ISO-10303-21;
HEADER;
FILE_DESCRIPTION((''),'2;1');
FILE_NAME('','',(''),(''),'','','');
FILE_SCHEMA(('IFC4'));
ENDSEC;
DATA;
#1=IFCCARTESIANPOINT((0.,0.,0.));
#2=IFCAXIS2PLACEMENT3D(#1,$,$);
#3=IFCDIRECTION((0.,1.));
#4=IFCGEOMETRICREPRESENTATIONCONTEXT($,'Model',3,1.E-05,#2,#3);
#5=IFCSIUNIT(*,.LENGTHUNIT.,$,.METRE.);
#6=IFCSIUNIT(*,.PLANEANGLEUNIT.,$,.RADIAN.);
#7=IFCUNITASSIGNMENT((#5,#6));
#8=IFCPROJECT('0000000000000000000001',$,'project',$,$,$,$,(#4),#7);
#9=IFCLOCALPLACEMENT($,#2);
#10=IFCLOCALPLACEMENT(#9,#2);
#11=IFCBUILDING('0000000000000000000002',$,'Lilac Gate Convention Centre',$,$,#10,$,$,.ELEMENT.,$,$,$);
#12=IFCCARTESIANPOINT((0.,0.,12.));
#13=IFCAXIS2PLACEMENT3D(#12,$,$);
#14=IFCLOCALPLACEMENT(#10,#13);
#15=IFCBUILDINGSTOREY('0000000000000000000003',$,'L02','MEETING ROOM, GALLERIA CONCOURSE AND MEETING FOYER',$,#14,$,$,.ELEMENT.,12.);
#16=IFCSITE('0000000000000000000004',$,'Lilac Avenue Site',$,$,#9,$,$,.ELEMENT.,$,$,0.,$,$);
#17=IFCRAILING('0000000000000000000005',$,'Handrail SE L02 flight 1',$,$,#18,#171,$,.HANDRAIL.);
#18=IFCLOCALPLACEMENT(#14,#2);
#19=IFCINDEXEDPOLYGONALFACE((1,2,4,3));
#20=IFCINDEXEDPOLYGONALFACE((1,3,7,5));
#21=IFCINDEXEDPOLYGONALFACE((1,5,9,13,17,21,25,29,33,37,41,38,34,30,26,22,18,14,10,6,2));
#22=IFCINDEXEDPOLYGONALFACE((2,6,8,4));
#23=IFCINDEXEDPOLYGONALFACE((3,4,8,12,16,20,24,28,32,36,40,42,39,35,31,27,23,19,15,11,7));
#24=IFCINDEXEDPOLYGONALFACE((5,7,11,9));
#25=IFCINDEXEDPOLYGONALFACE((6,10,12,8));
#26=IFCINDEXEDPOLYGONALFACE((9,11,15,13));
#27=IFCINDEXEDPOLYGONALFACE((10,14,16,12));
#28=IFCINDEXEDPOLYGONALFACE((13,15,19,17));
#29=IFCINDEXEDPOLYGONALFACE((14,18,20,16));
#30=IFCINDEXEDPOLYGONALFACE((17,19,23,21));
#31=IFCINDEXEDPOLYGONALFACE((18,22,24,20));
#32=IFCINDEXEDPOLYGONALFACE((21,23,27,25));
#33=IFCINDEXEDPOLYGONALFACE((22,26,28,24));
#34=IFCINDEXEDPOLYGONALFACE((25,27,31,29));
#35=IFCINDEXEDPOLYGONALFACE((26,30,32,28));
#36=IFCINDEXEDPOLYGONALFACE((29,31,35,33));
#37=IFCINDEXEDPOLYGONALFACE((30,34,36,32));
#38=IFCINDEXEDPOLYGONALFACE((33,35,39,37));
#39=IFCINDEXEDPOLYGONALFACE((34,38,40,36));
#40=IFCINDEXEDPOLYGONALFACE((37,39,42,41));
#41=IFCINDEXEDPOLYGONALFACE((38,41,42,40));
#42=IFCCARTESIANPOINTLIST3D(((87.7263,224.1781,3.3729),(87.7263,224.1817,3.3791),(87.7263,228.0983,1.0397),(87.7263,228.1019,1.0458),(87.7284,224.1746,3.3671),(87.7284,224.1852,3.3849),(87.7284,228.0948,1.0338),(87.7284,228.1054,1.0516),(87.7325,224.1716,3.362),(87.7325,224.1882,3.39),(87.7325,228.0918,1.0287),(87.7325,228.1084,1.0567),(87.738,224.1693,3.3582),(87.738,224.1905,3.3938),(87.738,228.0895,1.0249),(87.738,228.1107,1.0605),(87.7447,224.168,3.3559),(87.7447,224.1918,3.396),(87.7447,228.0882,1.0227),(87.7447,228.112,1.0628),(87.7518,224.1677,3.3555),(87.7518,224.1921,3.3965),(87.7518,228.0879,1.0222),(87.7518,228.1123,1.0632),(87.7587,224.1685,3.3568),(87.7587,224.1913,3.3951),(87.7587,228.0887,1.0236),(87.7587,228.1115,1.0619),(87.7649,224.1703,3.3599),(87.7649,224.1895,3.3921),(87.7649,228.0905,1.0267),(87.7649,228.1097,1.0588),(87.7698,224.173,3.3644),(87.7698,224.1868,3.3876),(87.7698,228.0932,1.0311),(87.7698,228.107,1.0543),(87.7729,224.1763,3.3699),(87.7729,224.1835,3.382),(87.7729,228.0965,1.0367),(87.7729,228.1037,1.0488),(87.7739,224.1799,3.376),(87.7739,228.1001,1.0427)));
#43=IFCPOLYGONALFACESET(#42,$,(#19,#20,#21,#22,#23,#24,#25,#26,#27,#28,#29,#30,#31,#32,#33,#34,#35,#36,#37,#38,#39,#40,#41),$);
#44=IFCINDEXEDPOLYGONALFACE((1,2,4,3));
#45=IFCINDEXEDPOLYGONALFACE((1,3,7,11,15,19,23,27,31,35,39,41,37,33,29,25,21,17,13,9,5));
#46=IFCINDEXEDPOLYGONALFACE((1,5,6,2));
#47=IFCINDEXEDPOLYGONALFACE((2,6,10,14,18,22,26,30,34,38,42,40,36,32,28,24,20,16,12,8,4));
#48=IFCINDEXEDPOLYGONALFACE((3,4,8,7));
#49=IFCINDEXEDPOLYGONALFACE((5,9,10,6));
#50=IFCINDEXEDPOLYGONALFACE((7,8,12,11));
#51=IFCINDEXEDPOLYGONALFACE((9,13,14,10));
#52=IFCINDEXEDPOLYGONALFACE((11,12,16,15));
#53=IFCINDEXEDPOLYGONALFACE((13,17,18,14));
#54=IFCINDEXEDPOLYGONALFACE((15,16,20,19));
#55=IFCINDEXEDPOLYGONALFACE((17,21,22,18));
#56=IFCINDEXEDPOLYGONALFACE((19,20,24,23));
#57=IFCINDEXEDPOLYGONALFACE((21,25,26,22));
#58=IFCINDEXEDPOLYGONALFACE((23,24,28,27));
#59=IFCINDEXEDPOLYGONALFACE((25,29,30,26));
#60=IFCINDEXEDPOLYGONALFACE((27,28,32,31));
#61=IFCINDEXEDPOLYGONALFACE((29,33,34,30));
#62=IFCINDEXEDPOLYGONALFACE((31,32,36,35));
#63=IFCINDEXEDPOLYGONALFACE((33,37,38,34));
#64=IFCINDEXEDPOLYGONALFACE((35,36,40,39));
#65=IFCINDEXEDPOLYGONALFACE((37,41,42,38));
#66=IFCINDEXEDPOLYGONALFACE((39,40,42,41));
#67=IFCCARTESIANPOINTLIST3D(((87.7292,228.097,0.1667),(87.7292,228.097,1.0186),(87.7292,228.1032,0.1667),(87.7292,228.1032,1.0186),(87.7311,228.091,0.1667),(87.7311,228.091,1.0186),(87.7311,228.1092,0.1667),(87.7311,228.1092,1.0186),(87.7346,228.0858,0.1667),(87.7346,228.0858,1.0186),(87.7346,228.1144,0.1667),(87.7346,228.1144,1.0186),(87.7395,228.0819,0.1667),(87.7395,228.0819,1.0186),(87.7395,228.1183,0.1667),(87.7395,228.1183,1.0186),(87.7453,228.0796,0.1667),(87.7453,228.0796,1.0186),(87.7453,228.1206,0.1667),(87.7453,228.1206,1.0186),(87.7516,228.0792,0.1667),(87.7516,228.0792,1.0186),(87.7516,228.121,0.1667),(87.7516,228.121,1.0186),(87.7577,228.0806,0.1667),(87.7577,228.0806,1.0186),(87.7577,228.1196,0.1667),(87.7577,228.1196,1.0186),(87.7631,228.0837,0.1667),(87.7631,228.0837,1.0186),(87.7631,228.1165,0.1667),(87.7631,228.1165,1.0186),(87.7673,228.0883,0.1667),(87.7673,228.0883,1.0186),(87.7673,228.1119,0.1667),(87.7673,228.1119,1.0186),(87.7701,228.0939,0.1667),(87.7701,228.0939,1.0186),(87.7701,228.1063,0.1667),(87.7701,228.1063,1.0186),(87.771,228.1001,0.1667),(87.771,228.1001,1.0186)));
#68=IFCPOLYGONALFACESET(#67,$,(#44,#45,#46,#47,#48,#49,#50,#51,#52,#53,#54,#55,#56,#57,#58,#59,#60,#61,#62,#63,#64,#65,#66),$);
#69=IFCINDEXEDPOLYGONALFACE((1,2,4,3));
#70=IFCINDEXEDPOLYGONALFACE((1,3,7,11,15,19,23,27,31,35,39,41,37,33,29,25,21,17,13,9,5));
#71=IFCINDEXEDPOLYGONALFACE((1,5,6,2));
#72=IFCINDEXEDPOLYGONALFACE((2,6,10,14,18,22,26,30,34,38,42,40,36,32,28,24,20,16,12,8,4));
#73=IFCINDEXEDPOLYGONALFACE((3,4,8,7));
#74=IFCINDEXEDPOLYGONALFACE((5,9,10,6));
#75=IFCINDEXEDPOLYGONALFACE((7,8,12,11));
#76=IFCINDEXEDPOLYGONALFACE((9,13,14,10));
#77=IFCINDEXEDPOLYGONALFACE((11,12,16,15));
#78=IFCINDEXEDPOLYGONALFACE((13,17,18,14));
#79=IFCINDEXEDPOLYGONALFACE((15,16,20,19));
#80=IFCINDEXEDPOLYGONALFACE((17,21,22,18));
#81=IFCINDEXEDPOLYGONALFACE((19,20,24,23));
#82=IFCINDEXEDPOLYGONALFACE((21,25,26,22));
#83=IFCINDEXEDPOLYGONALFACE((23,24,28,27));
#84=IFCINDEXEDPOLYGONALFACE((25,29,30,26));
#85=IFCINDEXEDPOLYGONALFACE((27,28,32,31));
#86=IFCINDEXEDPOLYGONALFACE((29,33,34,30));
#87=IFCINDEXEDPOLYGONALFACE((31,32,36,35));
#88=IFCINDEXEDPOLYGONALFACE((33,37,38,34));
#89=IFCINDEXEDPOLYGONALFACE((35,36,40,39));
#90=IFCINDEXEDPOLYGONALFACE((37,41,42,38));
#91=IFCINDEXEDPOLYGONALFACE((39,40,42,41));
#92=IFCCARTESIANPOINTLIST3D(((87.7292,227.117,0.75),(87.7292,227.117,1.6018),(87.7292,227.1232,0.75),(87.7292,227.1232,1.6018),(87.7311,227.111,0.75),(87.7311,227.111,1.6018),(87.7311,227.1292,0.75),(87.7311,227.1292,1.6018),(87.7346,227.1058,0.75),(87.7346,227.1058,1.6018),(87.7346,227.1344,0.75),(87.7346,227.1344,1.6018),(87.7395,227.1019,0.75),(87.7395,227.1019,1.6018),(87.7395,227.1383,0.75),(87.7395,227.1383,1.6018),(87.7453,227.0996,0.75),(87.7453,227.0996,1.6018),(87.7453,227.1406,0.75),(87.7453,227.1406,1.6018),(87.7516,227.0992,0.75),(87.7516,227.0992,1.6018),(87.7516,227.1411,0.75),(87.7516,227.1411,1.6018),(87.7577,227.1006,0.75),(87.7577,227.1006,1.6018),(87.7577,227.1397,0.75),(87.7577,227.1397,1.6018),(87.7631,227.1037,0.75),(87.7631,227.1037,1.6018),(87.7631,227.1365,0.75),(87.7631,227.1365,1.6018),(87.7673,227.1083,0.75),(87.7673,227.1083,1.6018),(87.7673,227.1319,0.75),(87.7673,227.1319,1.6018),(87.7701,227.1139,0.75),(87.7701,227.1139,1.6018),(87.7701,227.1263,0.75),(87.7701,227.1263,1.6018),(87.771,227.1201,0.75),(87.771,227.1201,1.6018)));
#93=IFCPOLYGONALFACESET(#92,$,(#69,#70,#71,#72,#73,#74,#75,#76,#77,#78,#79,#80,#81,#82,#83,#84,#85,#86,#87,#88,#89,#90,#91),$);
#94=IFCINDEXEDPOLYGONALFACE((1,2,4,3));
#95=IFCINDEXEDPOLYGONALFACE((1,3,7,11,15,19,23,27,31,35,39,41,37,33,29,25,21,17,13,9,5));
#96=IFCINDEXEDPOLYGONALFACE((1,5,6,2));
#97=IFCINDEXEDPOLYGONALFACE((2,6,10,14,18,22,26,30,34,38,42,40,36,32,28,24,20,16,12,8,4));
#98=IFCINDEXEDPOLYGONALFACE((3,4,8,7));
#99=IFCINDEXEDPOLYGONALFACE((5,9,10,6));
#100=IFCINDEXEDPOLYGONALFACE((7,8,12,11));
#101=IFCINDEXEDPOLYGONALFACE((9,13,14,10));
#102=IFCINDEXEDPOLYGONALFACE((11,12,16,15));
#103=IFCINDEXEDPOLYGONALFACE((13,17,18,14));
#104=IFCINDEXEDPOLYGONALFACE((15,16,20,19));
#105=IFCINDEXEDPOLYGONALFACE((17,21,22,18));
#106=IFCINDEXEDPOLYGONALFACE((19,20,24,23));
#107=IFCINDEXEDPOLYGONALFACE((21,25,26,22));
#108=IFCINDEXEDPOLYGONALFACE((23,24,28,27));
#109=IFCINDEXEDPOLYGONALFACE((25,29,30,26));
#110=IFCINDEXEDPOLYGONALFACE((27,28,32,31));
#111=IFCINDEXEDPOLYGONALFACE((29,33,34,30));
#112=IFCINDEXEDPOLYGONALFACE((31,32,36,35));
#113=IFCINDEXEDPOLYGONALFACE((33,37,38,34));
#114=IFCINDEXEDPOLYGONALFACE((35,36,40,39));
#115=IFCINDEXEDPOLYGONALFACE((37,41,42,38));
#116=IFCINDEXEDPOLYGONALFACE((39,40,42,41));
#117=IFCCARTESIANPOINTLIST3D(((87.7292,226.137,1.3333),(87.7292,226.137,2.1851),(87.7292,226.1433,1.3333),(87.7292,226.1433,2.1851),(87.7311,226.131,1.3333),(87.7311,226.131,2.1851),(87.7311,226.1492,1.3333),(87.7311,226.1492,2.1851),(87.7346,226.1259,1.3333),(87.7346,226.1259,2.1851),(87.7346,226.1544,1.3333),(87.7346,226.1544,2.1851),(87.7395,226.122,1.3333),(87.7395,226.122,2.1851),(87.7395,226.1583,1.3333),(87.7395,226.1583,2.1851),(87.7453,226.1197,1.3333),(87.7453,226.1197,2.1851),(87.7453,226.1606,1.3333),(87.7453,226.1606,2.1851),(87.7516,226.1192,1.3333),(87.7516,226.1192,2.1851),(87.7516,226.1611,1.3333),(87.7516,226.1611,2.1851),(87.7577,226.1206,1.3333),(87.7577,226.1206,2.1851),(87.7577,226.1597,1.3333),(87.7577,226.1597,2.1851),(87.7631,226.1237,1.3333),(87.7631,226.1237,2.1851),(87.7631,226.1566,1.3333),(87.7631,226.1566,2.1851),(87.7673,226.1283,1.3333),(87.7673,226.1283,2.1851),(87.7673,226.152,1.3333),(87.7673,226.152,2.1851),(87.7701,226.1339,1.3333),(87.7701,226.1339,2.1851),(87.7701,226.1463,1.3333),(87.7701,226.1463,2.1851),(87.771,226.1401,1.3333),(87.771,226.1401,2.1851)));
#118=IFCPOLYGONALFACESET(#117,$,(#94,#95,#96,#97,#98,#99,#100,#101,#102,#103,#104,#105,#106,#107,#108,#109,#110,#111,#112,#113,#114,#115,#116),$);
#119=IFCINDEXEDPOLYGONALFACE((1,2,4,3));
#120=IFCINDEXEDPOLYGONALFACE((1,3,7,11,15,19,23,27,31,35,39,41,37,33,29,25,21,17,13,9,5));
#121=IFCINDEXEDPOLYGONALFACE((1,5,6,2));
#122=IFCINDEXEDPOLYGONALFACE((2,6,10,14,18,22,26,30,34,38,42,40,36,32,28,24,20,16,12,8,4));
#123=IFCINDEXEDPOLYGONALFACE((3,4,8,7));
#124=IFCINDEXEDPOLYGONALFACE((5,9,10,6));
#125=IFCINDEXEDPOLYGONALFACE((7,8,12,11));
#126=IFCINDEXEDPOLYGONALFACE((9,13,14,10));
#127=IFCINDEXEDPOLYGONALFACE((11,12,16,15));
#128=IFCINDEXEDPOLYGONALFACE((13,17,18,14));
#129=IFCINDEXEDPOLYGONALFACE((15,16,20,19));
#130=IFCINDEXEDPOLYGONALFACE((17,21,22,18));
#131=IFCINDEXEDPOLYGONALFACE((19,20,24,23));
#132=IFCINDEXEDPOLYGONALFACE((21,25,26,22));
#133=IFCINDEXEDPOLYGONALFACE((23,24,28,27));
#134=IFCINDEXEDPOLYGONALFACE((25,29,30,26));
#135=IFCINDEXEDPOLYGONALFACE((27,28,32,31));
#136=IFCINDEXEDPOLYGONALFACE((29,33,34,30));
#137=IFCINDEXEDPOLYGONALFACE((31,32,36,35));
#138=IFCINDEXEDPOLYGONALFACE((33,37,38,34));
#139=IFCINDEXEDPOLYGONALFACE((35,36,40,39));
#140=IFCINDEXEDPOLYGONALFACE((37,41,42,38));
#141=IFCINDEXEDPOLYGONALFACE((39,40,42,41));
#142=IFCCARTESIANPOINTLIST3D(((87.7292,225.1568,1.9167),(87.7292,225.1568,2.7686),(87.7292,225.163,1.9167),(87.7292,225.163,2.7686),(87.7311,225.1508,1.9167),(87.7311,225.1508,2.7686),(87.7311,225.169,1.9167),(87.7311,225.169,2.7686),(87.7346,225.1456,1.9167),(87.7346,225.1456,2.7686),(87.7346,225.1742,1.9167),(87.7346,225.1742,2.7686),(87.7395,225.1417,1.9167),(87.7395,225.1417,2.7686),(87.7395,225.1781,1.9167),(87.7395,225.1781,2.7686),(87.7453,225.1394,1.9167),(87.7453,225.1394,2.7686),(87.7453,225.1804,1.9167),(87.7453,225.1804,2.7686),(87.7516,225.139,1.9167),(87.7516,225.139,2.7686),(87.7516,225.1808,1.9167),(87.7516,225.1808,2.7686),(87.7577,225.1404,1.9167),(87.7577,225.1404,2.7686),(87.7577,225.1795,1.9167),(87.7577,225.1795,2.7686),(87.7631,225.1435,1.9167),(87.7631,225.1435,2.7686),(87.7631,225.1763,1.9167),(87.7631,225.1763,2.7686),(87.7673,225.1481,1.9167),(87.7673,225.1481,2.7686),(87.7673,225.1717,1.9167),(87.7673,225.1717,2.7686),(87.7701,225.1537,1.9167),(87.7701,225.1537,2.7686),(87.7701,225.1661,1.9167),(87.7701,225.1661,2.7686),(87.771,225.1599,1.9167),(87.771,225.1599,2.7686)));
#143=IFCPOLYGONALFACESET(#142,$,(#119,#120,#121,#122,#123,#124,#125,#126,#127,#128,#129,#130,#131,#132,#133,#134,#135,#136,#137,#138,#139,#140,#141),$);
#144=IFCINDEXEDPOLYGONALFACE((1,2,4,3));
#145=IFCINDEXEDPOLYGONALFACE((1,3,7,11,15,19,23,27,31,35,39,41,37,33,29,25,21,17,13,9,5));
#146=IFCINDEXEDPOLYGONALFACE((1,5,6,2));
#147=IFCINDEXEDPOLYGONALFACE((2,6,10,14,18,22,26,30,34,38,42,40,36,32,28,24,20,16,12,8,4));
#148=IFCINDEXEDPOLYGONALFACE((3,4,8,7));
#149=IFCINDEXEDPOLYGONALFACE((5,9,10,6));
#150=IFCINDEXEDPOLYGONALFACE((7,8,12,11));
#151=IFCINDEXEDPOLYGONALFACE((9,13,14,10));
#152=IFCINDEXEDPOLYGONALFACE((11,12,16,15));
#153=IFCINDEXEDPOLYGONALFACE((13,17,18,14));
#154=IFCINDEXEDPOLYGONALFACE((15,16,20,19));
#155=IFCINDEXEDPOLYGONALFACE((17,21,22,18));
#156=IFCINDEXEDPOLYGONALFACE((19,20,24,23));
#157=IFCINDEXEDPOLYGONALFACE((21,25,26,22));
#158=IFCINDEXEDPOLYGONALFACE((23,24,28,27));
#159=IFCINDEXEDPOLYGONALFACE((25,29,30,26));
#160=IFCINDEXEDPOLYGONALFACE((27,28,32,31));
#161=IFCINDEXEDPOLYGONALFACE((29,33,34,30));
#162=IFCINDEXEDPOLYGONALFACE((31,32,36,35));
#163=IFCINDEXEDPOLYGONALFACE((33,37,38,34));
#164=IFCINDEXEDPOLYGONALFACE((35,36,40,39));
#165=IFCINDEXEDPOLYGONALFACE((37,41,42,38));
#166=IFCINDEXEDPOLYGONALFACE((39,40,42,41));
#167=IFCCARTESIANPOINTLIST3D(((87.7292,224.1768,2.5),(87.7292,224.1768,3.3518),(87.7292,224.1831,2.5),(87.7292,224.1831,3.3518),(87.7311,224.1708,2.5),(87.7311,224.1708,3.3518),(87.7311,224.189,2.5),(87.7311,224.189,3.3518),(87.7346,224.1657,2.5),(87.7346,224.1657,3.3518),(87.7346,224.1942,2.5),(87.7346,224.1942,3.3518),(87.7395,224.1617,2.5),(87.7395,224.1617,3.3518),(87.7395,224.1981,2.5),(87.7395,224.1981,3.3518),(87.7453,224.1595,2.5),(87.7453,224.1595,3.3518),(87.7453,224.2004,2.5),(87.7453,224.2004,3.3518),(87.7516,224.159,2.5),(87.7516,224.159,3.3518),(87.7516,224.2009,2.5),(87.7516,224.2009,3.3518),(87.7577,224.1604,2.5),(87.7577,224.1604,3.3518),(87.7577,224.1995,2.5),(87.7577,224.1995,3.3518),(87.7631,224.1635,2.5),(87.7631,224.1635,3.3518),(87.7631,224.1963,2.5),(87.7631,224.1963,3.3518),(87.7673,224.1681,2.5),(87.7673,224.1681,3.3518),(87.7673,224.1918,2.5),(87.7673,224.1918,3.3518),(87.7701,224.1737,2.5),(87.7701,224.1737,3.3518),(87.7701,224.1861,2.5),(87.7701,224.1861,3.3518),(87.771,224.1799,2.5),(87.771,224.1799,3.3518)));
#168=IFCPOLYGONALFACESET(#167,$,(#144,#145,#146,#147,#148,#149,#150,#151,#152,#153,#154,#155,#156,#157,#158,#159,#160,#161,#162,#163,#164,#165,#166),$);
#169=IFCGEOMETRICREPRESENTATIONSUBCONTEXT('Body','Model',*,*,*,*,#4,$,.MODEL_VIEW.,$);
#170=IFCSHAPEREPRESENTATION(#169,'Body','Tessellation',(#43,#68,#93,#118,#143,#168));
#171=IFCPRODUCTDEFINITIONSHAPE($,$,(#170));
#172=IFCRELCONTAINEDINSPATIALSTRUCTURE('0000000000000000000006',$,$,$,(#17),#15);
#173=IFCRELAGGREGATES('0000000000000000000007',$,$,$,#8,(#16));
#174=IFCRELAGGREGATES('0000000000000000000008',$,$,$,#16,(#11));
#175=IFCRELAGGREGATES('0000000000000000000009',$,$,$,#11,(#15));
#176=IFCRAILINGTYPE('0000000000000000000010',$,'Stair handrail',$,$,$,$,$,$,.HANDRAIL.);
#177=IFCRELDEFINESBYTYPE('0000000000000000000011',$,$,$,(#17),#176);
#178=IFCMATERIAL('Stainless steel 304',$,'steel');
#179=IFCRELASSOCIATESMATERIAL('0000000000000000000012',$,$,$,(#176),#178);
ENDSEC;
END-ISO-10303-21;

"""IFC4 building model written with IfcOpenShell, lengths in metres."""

from ifc_helpers import new_model, si_unit, direction, frame, origin, origin_2d, place, context, subcontext, project, spatial, circle, extrude, material, type_object, element, save


model = new_model("IFC4")

# Units and contexts
model_context = context("Model", 3, precision=1e-05, world=origin(), true_north=direction((0.0, 1.0)))
body_context = subcontext(model_context, "Body", "Model", "MODEL_VIEW")
ifc_project = project(units=[si_unit("LENGTHUNIT", "METRE"), si_unit("PLANEANGLEUNIT", "RADIAN")], contexts=[model_context])

# Site, building, storey
site_placement = place(None, origin())
site = spatial("IfcSite", under=ifc_project, at=site_placement, Name="Lilac Avenue Site", CompositionType="ELEMENT", RefElevation=0.0)
building_placement = place(site_placement, origin())
building = spatial("IfcBuilding", under=site, at=building_placement, Name="Lilac Gate Convention Centre", CompositionType="ELEMENT")
storey_placement = place(building_placement, frame((0.0, 0.0, 12.0)))
storey = spatial("IfcBuildingStorey", under=building, at=storey_placement, Name="L02", Description="MEETING ROOM, GALLERIA CONCOURSE AND MEETING FOYER", CompositionType="ELEMENT", Elevation=12.0)

# Railing
ifc_material_1 = material(Name="Stainless steel 304", Category="steel")
railing_type = type_object("IfcRailingType", Name="Stair handrail", PredefinedType="HANDRAIL", material=ifc_material_1)
for number, where, name in (
    (1, (87.75, 228.1001, 0.1667), "Handrail SE L02 flight 1"),
):
    element("IfcRailing", number, at=place(storey_placement, frame(where)), inside=storey, type_object=railing_type, Name=name, PredefinedType="HANDRAIL", context=body_context, shape_type="SweptSolid", body=[
        extrude(circle(Radius=0.0239, at=origin_2d()), frame((0.0, 0.0, 0.876), z_axis=(0.0, -0.85931, 0.511455), x_axis=(1.0, 0.0, 0.0)), (0.0, 0.0, 1.0), 4.562),
        extrude(circle(Radius=0.021, at=origin_2d()), origin(), (0.0, 0.0, 1.0), 0.8518),
        extrude(circle(Radius=0.021, at=origin_2d()), frame((0.0, -0.98, 0.5833)), (0.0, 0.0, 1.0), 0.8518),
        extrude(circle(Radius=0.021, at=origin_2d()), frame((0.0, -1.96, 1.1665)), (0.0, 0.0, 1.0), 0.8518),
        extrude(circle(Radius=0.021, at=origin_2d()), frame((0.0, -2.9402, 1.75)), (0.0, 0.0, 1.0), 0.8518),
        extrude(circle(Radius=0.021, at=origin_2d()), frame((0.0, -3.9202, 2.3333)), (0.0, 0.0, 1.0), 0.8518),
    ])

save(model, "model.ifc")
